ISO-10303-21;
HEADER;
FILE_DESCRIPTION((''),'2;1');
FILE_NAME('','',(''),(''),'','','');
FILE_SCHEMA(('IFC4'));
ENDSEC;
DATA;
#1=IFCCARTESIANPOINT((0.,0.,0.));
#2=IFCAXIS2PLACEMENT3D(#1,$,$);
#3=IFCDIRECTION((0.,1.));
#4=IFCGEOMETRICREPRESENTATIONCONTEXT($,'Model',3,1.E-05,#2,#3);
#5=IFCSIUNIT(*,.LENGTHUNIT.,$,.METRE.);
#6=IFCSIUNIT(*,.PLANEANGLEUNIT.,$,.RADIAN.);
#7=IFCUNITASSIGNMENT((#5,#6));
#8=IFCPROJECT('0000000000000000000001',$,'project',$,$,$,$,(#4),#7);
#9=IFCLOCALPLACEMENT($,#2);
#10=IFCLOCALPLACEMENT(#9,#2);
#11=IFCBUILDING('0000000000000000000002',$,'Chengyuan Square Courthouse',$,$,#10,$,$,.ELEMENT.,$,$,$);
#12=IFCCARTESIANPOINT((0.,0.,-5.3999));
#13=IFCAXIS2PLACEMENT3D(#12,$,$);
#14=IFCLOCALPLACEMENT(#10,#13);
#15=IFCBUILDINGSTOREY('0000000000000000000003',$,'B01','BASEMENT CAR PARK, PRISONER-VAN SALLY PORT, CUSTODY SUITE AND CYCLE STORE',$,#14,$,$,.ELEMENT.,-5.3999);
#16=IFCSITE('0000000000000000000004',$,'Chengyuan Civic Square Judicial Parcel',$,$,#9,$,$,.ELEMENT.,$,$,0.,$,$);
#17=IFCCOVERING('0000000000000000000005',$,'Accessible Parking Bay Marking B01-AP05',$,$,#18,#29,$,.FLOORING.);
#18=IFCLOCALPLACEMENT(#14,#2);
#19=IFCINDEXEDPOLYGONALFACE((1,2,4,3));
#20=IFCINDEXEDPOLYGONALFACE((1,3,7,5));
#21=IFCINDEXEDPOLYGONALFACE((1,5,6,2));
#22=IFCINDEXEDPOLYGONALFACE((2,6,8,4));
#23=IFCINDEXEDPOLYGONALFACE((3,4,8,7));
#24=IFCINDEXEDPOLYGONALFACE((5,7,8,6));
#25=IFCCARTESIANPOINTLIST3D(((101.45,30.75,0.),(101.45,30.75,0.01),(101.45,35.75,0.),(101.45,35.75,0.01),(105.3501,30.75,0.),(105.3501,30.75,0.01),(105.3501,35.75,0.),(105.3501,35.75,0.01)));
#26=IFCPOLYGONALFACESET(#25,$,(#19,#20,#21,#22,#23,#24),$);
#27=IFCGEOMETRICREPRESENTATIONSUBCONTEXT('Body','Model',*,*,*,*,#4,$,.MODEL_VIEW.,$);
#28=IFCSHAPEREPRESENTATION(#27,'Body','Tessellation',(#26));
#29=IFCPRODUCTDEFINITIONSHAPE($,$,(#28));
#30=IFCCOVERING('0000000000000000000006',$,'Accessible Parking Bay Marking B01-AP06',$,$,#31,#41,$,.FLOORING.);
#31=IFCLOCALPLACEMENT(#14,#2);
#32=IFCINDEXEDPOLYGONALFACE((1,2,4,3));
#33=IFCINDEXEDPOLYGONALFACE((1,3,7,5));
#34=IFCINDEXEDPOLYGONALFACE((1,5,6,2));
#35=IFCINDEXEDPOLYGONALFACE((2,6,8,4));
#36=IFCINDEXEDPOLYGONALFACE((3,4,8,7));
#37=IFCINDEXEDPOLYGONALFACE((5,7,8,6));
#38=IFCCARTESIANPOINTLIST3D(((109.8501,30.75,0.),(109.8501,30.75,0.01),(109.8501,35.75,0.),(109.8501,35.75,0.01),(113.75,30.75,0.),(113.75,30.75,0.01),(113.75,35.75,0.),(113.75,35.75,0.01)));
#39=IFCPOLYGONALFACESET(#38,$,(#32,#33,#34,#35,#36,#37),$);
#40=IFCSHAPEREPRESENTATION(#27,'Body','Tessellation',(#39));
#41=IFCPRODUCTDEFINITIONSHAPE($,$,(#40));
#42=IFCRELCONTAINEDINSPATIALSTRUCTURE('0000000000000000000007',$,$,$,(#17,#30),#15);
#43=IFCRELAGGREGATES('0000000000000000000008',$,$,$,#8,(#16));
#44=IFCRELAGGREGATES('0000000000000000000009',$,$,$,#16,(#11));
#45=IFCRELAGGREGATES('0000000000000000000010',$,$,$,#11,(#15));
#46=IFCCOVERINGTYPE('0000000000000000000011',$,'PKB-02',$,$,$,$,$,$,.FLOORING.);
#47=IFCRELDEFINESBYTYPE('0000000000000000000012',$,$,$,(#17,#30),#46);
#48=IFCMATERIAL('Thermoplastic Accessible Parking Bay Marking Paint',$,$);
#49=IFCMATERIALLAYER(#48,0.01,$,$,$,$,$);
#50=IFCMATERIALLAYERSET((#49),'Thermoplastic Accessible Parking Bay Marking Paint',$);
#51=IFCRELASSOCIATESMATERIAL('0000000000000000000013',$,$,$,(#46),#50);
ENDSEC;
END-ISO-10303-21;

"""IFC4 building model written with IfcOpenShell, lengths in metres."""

from ifc_helpers import new_model, si_unit, direction, frame, origin, place, context, subcontext, project, spatial, polyline, outline, extrude, material, layer, layer_set, type_object, element, save


model = new_model("IFC4")

# Units and contexts
model_context = context("Model", 3, precision=1e-05, world=origin(), true_north=direction((0.0, 1.0)))
body_context = subcontext(model_context, "Body", "Model", "MODEL_VIEW")
ifc_project = project(units=[si_unit("LENGTHUNIT", "METRE"), si_unit("PLANEANGLEUNIT", "RADIAN")], contexts=[model_context])

# Site, building, storey
site_placement = place(None, origin())
site = spatial("IfcSite", under=ifc_project, at=site_placement, Name="Chengyuan Civic Square Judicial Parcel", CompositionType="ELEMENT", RefElevation=0.0)
building_placement = place(site_placement, origin())
building = spatial("IfcBuilding", under=site, at=building_placement, Name="Chengyuan Square Courthouse", CompositionType="ELEMENT")
storey_placement = place(building_placement, frame((0.0, 0.0, -5.3999)))
storey = spatial("IfcBuildingStorey", under=building, at=storey_placement, Name="B01", Description="BASEMENT CAR PARK, PRISONER-VAN SALLY PORT, CUSTODY SUITE AND CYCLE STORE", CompositionType="ELEMENT", Elevation=-5.3999)

# Coverings
ifc_material_1 = material(Name="Thermoplastic Accessible Parking Bay Marking Paint")
ifc_layer_1 = layer(ifc_material_1, 0.01)
ifc_layer_set_1 = layer_set([ifc_layer_1], Name="Thermoplastic Accessible Parking Bay Marking Paint")
covering_type_1 = type_object("IfcCoveringType", Name="PKB-02", PredefinedType="FLOORING", material=ifc_layer_set_1)
covering_1_placement = place(storey_placement, origin())
element("IfcCovering", 1, at=covering_1_placement, inside=storey, type_object=covering_type_1, Name="Accessible Parking Bay Marking B01-AP05", PredefinedType="FLOORING", context=body_context, shape_type="SweptSolid", body=[
    extrude(outline(polyline([(101.45, 30.75), (105.3501, 30.75), (105.3501, 35.75), (101.45, 35.75), (101.45, 30.75)])), origin(), (0.0, 0.0, 1.0), 0.01),
])
covering_2_placement = place(storey_placement, origin())
element("IfcCovering", 2, at=covering_2_placement, inside=storey, type_object=covering_type_1, Name="Accessible Parking Bay Marking B01-AP06", PredefinedType="FLOORING", context=body_context, shape_type="SweptSolid", body=[
    extrude(outline(polyline([(109.8501, 30.75), (113.75, 30.75), (113.75, 35.75), (109.8501, 35.75), (109.8501, 30.75)])), origin(), (0.0, 0.0, 1.0), 0.01),
])

save(model, "model.ifc")
